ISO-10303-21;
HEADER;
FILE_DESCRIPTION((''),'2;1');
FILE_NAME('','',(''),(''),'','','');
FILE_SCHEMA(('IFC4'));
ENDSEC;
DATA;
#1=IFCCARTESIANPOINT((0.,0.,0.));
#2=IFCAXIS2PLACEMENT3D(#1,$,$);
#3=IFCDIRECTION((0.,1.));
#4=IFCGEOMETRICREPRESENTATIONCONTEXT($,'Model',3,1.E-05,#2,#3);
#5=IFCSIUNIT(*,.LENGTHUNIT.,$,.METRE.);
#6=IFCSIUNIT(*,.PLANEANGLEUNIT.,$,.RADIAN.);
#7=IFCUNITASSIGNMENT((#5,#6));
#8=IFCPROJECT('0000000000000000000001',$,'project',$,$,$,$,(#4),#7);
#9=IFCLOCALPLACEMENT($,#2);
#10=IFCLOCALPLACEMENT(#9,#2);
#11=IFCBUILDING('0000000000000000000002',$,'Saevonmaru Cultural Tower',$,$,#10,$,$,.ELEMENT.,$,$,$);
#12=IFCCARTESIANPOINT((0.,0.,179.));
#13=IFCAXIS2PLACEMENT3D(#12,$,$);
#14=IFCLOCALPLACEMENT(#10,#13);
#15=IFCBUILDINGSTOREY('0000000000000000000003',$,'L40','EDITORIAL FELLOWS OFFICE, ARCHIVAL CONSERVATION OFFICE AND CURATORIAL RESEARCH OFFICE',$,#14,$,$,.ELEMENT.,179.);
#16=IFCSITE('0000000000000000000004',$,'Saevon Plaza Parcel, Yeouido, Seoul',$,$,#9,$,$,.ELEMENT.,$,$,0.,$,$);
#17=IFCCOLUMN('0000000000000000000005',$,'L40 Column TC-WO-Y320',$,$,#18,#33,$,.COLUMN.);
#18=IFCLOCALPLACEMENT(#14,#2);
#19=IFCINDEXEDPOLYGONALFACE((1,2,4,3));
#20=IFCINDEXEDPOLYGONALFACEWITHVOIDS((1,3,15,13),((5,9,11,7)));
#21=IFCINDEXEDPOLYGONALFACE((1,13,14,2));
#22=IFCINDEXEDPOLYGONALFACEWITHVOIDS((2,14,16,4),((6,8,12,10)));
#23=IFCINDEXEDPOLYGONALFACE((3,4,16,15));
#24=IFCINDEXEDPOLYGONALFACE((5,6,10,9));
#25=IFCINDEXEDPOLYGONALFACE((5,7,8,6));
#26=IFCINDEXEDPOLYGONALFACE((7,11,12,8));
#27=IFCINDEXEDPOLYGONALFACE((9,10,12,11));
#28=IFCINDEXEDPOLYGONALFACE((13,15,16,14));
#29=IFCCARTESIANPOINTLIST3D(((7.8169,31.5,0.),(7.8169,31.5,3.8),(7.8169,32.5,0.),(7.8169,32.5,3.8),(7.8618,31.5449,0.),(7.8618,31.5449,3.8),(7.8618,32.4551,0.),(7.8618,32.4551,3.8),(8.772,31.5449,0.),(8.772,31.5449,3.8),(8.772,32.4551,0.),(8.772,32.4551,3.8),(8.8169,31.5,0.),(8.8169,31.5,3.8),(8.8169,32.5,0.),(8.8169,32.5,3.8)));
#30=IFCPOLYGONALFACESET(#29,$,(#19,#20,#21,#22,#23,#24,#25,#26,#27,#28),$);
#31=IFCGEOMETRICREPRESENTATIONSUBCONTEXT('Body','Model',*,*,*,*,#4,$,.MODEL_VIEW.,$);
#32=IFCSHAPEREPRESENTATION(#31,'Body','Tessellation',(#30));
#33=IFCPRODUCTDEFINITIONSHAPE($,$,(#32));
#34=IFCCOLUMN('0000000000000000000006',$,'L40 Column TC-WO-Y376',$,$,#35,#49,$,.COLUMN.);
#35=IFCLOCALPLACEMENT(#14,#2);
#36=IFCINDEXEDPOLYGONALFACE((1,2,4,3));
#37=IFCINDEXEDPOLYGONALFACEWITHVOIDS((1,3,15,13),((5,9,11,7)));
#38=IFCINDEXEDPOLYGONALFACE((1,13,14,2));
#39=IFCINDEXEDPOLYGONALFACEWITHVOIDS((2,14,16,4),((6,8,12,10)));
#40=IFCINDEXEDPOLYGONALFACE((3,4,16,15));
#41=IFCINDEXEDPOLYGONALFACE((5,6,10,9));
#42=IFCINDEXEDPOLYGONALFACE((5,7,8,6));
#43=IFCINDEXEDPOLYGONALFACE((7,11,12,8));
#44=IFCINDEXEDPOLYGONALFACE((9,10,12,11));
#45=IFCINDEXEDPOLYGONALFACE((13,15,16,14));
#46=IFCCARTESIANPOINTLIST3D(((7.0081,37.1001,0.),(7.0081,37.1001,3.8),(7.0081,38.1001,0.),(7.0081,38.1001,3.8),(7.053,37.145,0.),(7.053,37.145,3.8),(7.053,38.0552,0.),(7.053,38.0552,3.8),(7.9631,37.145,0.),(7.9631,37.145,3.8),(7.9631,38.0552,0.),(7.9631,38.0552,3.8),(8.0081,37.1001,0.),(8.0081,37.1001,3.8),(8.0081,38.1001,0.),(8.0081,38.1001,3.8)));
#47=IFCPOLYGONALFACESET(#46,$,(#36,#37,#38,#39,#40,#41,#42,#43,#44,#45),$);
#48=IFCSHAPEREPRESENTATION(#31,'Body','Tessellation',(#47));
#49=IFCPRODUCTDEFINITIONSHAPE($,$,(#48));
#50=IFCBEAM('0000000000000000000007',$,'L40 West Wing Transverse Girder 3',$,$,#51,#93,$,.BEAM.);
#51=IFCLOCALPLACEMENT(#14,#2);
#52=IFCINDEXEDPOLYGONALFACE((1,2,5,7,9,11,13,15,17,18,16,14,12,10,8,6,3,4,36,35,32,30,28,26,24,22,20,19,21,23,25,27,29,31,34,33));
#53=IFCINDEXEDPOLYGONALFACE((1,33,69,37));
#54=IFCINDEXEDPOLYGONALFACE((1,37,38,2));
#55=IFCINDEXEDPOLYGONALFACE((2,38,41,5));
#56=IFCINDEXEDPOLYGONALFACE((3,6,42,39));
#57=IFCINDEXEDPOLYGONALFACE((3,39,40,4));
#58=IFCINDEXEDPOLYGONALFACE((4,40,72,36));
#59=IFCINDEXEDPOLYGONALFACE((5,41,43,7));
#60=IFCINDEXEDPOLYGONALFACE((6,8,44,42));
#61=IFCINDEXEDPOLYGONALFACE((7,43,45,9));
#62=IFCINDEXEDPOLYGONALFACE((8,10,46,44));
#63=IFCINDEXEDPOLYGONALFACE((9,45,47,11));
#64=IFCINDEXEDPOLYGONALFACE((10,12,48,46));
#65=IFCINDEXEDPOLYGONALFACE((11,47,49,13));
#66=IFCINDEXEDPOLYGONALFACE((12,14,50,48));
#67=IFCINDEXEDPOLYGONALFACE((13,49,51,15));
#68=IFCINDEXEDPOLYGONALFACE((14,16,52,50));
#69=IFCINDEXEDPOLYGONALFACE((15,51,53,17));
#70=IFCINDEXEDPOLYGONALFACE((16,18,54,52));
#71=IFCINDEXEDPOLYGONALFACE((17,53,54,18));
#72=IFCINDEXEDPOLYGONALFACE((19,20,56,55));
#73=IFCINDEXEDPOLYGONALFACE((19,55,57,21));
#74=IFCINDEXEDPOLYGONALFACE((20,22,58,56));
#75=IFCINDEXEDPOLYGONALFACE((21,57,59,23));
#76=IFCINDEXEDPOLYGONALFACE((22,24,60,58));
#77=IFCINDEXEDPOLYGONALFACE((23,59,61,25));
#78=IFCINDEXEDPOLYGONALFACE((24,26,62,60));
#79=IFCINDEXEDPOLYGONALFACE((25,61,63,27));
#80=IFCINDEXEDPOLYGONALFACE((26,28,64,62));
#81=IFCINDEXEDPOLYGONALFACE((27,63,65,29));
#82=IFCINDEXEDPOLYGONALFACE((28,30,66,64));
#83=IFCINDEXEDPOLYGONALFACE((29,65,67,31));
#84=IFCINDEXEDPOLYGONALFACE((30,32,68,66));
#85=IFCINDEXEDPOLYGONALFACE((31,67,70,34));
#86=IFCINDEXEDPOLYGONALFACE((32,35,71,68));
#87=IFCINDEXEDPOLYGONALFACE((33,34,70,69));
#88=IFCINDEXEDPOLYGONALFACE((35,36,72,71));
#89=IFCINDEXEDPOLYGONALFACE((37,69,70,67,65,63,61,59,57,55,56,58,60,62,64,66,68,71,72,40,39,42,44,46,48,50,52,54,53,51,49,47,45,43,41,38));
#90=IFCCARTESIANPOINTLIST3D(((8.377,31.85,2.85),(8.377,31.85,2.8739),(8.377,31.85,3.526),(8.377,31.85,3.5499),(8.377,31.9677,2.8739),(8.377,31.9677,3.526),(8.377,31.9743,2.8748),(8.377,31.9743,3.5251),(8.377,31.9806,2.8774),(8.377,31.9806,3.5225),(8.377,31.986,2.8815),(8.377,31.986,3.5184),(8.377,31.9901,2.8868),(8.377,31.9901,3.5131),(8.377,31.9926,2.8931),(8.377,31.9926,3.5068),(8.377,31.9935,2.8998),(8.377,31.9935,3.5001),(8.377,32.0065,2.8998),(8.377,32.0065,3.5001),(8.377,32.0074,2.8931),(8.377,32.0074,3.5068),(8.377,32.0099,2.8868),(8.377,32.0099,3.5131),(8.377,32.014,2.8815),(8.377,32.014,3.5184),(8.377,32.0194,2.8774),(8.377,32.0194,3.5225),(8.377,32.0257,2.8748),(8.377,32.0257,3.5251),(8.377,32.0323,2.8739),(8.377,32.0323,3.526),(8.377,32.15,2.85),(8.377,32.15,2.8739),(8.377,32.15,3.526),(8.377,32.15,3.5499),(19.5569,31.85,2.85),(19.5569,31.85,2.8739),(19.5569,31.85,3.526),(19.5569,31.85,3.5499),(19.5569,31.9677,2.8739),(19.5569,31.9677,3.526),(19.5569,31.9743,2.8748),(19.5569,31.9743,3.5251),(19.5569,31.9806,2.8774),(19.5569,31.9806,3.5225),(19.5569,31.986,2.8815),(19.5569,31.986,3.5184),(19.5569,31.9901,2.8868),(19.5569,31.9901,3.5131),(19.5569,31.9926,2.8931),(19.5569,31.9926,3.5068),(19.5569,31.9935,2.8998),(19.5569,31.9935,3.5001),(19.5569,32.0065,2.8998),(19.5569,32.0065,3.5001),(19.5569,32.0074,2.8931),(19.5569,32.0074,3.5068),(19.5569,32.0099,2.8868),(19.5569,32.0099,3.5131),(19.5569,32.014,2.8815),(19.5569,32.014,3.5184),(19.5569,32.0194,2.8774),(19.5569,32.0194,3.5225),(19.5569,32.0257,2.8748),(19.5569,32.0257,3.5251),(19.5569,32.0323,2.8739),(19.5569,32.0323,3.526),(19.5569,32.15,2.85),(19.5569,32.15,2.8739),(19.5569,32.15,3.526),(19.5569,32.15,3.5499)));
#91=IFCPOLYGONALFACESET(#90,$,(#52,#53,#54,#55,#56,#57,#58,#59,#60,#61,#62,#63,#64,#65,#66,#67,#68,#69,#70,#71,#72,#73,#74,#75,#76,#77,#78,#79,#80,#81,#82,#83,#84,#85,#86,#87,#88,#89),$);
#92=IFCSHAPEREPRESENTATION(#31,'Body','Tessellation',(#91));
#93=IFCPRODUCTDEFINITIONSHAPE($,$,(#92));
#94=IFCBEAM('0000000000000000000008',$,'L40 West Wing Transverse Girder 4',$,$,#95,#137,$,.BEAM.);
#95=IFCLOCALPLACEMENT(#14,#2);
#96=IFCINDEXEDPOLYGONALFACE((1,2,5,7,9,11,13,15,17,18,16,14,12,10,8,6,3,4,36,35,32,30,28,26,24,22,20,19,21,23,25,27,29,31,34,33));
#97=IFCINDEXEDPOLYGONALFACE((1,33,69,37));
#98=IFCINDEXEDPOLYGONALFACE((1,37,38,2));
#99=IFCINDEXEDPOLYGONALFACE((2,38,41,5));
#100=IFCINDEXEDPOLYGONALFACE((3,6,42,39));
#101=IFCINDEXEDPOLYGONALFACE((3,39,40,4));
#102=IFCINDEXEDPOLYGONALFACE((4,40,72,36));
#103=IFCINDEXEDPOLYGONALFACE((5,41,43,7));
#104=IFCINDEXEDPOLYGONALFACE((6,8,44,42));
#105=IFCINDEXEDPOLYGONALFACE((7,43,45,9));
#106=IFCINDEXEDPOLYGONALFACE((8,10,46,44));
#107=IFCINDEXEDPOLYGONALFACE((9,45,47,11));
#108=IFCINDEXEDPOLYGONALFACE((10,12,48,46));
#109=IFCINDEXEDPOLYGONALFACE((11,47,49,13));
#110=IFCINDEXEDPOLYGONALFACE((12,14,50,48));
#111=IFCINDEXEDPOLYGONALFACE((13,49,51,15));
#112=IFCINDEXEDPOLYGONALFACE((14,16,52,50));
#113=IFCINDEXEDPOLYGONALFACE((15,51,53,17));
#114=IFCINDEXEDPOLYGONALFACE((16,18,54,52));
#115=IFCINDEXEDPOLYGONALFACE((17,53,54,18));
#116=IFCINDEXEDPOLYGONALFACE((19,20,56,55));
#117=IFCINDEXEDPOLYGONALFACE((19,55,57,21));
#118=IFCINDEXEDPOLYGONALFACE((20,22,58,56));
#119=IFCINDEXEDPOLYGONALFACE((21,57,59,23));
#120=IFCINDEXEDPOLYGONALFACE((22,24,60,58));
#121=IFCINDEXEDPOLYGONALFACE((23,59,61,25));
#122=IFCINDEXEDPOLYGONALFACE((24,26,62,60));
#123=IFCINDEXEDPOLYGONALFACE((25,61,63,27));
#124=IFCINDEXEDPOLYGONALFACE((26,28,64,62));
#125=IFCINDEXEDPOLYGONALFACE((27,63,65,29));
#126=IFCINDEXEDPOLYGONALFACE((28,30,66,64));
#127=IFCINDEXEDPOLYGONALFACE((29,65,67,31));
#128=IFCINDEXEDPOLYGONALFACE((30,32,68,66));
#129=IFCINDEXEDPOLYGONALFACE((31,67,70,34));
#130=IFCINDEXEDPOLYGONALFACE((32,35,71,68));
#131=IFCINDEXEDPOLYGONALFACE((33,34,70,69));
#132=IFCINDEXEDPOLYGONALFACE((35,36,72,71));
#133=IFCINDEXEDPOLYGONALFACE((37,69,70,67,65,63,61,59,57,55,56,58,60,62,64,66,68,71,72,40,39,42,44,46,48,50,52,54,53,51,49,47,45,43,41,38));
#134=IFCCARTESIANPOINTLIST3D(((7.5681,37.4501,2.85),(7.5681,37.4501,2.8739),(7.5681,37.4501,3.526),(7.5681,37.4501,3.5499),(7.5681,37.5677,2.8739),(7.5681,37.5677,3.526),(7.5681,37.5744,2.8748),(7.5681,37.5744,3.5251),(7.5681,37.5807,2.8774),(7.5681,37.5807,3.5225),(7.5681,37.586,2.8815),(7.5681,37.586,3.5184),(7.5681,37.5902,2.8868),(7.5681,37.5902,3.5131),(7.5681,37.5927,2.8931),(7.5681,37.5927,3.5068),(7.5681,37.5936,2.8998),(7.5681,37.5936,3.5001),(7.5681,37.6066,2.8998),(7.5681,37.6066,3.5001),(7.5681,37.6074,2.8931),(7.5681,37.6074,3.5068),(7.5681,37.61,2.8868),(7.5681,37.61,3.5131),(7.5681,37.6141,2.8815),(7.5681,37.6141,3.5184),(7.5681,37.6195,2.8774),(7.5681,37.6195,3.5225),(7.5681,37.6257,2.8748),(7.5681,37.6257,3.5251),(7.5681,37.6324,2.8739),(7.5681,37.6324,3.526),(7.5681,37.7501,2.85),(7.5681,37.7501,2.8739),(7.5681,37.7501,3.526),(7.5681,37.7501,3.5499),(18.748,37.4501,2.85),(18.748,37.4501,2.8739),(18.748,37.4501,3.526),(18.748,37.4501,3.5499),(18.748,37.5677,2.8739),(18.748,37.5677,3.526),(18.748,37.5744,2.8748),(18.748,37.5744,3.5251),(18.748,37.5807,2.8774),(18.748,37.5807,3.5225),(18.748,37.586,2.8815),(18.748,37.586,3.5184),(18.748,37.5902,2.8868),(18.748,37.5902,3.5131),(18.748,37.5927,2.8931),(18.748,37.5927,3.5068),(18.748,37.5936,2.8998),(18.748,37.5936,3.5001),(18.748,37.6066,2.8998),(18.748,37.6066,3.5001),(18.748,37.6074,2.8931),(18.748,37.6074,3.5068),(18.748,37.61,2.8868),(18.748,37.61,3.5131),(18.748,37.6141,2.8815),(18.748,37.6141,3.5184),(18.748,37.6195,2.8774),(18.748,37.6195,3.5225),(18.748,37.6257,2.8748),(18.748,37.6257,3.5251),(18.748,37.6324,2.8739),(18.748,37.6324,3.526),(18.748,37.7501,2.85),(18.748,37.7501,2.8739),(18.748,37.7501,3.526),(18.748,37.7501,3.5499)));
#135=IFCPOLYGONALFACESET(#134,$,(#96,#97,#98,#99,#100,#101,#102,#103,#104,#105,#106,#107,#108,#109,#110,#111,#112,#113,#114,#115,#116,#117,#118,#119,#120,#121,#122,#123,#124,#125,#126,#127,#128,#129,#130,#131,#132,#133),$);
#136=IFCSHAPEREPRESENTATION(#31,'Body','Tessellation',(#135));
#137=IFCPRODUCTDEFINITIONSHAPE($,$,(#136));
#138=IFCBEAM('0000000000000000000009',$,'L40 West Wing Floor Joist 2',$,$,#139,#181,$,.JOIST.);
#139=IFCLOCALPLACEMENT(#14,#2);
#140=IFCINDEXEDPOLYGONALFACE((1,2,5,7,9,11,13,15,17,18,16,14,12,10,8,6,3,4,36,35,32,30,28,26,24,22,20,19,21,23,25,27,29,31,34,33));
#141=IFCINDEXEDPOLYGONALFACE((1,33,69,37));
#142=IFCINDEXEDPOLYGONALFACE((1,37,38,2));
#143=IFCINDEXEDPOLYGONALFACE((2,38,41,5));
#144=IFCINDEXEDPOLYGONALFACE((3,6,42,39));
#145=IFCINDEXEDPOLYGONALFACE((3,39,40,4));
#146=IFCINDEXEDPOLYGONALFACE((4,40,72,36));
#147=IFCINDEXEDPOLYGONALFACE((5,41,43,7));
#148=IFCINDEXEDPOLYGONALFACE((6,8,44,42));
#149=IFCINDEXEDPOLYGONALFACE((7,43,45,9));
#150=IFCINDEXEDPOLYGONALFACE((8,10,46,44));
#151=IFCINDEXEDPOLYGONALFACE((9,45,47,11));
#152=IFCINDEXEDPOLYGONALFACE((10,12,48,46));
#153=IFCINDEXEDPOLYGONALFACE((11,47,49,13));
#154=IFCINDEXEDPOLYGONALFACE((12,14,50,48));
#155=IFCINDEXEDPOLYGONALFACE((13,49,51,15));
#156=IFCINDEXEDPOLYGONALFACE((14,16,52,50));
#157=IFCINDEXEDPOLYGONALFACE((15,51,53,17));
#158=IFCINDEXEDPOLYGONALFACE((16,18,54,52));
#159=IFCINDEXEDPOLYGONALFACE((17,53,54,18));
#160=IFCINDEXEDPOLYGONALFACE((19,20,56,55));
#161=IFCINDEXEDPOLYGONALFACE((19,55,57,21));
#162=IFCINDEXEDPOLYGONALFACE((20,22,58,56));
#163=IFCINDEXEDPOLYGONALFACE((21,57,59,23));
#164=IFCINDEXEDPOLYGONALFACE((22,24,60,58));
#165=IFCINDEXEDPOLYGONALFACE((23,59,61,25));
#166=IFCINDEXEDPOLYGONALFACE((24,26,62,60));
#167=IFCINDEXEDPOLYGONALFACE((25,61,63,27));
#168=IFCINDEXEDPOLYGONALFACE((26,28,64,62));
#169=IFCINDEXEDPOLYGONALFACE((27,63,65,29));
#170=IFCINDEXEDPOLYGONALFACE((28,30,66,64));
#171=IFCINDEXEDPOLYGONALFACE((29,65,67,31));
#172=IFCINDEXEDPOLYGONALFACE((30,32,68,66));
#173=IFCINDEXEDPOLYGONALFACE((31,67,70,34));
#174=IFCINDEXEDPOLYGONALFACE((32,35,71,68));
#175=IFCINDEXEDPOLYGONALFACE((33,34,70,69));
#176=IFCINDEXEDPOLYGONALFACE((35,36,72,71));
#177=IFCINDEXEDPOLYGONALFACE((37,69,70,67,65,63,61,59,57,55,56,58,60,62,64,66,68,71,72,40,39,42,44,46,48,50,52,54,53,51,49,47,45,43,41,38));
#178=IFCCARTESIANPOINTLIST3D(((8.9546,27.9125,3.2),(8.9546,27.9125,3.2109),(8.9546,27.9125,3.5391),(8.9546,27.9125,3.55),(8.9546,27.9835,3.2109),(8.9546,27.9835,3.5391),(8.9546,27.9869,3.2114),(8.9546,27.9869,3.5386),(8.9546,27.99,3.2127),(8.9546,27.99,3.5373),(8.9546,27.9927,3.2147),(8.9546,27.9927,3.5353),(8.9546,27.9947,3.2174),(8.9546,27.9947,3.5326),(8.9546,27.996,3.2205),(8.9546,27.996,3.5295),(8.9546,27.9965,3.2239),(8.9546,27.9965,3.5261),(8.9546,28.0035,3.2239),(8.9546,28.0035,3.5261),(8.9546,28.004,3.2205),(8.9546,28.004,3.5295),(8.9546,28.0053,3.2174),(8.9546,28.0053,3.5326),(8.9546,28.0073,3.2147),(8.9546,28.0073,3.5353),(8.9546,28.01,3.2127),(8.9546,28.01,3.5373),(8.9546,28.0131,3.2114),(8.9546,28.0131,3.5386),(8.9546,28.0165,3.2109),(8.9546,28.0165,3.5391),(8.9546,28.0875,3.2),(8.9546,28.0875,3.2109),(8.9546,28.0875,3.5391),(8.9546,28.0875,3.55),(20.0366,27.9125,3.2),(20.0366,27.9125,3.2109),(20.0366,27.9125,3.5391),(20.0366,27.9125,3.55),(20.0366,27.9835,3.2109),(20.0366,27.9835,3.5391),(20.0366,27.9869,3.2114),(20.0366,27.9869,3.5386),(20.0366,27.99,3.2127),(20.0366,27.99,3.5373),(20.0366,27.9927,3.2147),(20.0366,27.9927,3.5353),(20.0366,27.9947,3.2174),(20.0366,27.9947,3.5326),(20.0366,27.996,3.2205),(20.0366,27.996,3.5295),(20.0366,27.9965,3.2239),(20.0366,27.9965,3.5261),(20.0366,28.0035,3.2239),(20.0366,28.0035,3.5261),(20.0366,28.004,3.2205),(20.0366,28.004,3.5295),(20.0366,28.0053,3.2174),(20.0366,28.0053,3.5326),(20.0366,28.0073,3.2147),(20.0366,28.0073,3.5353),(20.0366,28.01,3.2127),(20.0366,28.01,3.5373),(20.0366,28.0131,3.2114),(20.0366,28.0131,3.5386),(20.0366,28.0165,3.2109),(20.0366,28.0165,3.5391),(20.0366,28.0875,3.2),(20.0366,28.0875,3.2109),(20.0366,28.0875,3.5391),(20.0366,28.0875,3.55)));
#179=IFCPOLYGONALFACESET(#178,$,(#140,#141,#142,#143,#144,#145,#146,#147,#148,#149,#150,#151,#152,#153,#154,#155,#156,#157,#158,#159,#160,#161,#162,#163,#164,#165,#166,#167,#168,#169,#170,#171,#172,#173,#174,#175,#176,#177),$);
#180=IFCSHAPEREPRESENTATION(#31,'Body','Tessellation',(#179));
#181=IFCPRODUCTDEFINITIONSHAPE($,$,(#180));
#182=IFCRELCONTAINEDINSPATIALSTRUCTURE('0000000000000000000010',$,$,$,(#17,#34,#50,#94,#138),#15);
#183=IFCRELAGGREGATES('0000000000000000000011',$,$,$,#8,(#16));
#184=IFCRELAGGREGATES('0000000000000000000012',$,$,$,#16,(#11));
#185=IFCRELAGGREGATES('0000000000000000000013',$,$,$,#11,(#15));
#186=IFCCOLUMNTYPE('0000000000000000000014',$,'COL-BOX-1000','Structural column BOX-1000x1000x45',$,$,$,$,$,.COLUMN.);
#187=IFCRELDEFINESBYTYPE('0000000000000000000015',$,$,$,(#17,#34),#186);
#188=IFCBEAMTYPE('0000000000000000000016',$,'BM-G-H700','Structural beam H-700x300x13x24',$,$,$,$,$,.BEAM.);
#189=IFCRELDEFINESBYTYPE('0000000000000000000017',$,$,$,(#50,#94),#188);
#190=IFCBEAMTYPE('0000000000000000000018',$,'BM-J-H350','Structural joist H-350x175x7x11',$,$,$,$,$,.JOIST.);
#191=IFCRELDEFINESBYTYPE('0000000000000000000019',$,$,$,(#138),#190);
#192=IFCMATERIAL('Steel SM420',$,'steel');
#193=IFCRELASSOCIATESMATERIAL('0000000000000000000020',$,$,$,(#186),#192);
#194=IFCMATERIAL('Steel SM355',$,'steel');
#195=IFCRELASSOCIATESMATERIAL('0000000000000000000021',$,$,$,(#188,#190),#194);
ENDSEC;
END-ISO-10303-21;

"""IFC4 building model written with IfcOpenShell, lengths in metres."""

from ifc_helpers import new_model, si_unit, direction, frame, origin, origin_2d, place, context, subcontext, project, spatial, hollow_rectangle, i_section, extrude, material, material_profile, profile_set, type_object, element, save


model = new_model("IFC4")

# Units and contexts
model_context = context("Model", 3, precision=1e-05, world=origin(), true_north=direction((0.0, 1.0)))
body_context = subcontext(model_context, "Body", "Model", "MODEL_VIEW")
ifc_project = project(units=[si_unit("LENGTHUNIT", "METRE"), si_unit("PLANEANGLEUNIT", "RADIAN")], contexts=[model_context])

# Site, building, storey
site_placement = place(None, origin())
site = spatial("IfcSite", under=ifc_project, at=site_placement, Name="Saevon Plaza Parcel, Yeouido, Seoul", CompositionType="ELEMENT", RefElevation=0.0)
building_placement = place(site_placement, origin())
building = spatial("IfcBuilding", under=site, at=building_placement, Name="Saevonmaru Cultural Tower", CompositionType="ELEMENT")
storey_placement = place(building_placement, frame((0.0, 0.0, 179.0)))
storey = spatial("IfcBuildingStorey", under=building, at=storey_placement, Name="L40", Description="EDITORIAL FELLOWS OFFICE, ARCHIVAL CONSERVATION OFFICE AND CURATORIAL RESEARCH OFFICE", CompositionType="ELEMENT", Elevation=179.0)

# Columns
ifc_material_1 = material(Name="Steel SM420", Category="steel")
ifc_material_profile_1 = material_profile(ifc_material_1, hollow_rectangle(XDim=1.0, YDim=1.0, WallThickness=0.0449, at=origin_2d()), Name="BOX-1000x1000x45")
ifc_profile_set_1 = profile_set([ifc_material_profile_1], Name="Steel SM420")
column_type = type_object("IfcColumnType", Name="COL-BOX-1000", Description="Structural column BOX-1000x1000x45", PredefinedType="COLUMN", material=ifc_profile_set_1)
for number, where, z_axis, x_axis, name in (
    (1, (8.3169, 32.0, 0.0), (0.0, 0.0, 1.0), (1.0, 0.0, 0.0), "L40 Column TC-WO-Y320"),
    (2, (7.5081, 37.6001, 0.0), (0.0, 0.0, 1.0), (1.0, 0.0, 0.0), "L40 Column TC-WO-Y376"),
):
    element("IfcColumn", number, at=place(storey_placement, frame(where, z_axis=z_axis, x_axis=x_axis)), inside=storey, type_object=column_type, Name=name, PredefinedType="COLUMN", context=body_context, shape_type="SweptSolid", body=[
        extrude(hollow_rectangle(XDim=1.0, YDim=1.0, WallThickness=0.0449, at=origin_2d()), origin(), (0.0, 0.0, 1.0), 3.8),
    ])

# Beams
ifc_material_2 = material(Name="Steel SM355", Category="steel")
ifc_material_profile_2 = material_profile(ifc_material_2, i_section(OverallWidth=0.3, OverallDepth=0.7, WebThickness=0.0129, FlangeThickness=0.0239, FilletRadius=0.0259, at=origin_2d()), Name="H-700x300x13x24")
ifc_profile_set_2 = profile_set([ifc_material_profile_2], Name="Steel SM355")
beam_type_1 = type_object("IfcBeamType", Name="BM-G-H700", Description="Structural beam H-700x300x13x24", PredefinedType="BEAM", material=ifc_profile_set_2)
for number, where, z_axis, x_axis, name in (
    (3, (8.377, 32.0, 3.2), (1.0, 0.0, 0.0), (0.0, 1.0, 0.0), "L40 West Wing Transverse Girder 3"),
    (4, (7.5681, 37.6001, 3.2), (1.0, 0.0, 0.0), (0.0, 1.0, 0.0), "L40 West Wing Transverse Girder 4"),
):
    element("IfcBeam", number, at=place(storey_placement, frame(where, z_axis=z_axis, x_axis=x_axis)), inside=storey, type_object=beam_type_1, Name=name, PredefinedType="BEAM", context=body_context, shape_type="SweptSolid", body=[
        extrude(i_section(OverallWidth=0.3, OverallDepth=0.7, WebThickness=0.0129, FlangeThickness=0.0239, FilletRadius=0.0259, at=origin_2d()), origin(), (0.0, 0.0, 1.0), 11.1799),
    ])
ifc_material_profile_3 = material_profile(ifc_material_2, i_section(OverallWidth=0.175, OverallDepth=0.3501, WebThickness=0.0071, FlangeThickness=0.011, FilletRadius=0.0129, at=origin_2d()), Name="H-350x175x7x11")
ifc_profile_set_3 = profile_set([ifc_material_profile_3], Name="Steel SM355")
beam_type_2 = type_object("IfcBeamType", Name="BM-J-H350", Description="Structural joist H-350x175x7x11", PredefinedType="JOIST", material=ifc_profile_set_3)
for number, where, z_axis, x_axis, name in (
    (5, (8.9546, 28.0, 3.375), (1.0, 0.0, 0.0), (0.0, 1.0, 0.0), "L40 West Wing Floor Joist 2"),
):
    element("IfcBeam", number, at=place(storey_placement, frame(where, z_axis=z_axis, x_axis=x_axis)), inside=storey, type_object=beam_type_2, Name=name, PredefinedType="JOIST", context=body_context, shape_type="SweptSolid", body=[
        extrude(i_section(OverallWidth=0.175, OverallDepth=0.3501, WebThickness=0.0071, FlangeThickness=0.011, FilletRadius=0.0129, at=origin_2d()), origin(), (0.0, 0.0, 1.0), 11.082),
    ])

save(model, "model.ifc")
